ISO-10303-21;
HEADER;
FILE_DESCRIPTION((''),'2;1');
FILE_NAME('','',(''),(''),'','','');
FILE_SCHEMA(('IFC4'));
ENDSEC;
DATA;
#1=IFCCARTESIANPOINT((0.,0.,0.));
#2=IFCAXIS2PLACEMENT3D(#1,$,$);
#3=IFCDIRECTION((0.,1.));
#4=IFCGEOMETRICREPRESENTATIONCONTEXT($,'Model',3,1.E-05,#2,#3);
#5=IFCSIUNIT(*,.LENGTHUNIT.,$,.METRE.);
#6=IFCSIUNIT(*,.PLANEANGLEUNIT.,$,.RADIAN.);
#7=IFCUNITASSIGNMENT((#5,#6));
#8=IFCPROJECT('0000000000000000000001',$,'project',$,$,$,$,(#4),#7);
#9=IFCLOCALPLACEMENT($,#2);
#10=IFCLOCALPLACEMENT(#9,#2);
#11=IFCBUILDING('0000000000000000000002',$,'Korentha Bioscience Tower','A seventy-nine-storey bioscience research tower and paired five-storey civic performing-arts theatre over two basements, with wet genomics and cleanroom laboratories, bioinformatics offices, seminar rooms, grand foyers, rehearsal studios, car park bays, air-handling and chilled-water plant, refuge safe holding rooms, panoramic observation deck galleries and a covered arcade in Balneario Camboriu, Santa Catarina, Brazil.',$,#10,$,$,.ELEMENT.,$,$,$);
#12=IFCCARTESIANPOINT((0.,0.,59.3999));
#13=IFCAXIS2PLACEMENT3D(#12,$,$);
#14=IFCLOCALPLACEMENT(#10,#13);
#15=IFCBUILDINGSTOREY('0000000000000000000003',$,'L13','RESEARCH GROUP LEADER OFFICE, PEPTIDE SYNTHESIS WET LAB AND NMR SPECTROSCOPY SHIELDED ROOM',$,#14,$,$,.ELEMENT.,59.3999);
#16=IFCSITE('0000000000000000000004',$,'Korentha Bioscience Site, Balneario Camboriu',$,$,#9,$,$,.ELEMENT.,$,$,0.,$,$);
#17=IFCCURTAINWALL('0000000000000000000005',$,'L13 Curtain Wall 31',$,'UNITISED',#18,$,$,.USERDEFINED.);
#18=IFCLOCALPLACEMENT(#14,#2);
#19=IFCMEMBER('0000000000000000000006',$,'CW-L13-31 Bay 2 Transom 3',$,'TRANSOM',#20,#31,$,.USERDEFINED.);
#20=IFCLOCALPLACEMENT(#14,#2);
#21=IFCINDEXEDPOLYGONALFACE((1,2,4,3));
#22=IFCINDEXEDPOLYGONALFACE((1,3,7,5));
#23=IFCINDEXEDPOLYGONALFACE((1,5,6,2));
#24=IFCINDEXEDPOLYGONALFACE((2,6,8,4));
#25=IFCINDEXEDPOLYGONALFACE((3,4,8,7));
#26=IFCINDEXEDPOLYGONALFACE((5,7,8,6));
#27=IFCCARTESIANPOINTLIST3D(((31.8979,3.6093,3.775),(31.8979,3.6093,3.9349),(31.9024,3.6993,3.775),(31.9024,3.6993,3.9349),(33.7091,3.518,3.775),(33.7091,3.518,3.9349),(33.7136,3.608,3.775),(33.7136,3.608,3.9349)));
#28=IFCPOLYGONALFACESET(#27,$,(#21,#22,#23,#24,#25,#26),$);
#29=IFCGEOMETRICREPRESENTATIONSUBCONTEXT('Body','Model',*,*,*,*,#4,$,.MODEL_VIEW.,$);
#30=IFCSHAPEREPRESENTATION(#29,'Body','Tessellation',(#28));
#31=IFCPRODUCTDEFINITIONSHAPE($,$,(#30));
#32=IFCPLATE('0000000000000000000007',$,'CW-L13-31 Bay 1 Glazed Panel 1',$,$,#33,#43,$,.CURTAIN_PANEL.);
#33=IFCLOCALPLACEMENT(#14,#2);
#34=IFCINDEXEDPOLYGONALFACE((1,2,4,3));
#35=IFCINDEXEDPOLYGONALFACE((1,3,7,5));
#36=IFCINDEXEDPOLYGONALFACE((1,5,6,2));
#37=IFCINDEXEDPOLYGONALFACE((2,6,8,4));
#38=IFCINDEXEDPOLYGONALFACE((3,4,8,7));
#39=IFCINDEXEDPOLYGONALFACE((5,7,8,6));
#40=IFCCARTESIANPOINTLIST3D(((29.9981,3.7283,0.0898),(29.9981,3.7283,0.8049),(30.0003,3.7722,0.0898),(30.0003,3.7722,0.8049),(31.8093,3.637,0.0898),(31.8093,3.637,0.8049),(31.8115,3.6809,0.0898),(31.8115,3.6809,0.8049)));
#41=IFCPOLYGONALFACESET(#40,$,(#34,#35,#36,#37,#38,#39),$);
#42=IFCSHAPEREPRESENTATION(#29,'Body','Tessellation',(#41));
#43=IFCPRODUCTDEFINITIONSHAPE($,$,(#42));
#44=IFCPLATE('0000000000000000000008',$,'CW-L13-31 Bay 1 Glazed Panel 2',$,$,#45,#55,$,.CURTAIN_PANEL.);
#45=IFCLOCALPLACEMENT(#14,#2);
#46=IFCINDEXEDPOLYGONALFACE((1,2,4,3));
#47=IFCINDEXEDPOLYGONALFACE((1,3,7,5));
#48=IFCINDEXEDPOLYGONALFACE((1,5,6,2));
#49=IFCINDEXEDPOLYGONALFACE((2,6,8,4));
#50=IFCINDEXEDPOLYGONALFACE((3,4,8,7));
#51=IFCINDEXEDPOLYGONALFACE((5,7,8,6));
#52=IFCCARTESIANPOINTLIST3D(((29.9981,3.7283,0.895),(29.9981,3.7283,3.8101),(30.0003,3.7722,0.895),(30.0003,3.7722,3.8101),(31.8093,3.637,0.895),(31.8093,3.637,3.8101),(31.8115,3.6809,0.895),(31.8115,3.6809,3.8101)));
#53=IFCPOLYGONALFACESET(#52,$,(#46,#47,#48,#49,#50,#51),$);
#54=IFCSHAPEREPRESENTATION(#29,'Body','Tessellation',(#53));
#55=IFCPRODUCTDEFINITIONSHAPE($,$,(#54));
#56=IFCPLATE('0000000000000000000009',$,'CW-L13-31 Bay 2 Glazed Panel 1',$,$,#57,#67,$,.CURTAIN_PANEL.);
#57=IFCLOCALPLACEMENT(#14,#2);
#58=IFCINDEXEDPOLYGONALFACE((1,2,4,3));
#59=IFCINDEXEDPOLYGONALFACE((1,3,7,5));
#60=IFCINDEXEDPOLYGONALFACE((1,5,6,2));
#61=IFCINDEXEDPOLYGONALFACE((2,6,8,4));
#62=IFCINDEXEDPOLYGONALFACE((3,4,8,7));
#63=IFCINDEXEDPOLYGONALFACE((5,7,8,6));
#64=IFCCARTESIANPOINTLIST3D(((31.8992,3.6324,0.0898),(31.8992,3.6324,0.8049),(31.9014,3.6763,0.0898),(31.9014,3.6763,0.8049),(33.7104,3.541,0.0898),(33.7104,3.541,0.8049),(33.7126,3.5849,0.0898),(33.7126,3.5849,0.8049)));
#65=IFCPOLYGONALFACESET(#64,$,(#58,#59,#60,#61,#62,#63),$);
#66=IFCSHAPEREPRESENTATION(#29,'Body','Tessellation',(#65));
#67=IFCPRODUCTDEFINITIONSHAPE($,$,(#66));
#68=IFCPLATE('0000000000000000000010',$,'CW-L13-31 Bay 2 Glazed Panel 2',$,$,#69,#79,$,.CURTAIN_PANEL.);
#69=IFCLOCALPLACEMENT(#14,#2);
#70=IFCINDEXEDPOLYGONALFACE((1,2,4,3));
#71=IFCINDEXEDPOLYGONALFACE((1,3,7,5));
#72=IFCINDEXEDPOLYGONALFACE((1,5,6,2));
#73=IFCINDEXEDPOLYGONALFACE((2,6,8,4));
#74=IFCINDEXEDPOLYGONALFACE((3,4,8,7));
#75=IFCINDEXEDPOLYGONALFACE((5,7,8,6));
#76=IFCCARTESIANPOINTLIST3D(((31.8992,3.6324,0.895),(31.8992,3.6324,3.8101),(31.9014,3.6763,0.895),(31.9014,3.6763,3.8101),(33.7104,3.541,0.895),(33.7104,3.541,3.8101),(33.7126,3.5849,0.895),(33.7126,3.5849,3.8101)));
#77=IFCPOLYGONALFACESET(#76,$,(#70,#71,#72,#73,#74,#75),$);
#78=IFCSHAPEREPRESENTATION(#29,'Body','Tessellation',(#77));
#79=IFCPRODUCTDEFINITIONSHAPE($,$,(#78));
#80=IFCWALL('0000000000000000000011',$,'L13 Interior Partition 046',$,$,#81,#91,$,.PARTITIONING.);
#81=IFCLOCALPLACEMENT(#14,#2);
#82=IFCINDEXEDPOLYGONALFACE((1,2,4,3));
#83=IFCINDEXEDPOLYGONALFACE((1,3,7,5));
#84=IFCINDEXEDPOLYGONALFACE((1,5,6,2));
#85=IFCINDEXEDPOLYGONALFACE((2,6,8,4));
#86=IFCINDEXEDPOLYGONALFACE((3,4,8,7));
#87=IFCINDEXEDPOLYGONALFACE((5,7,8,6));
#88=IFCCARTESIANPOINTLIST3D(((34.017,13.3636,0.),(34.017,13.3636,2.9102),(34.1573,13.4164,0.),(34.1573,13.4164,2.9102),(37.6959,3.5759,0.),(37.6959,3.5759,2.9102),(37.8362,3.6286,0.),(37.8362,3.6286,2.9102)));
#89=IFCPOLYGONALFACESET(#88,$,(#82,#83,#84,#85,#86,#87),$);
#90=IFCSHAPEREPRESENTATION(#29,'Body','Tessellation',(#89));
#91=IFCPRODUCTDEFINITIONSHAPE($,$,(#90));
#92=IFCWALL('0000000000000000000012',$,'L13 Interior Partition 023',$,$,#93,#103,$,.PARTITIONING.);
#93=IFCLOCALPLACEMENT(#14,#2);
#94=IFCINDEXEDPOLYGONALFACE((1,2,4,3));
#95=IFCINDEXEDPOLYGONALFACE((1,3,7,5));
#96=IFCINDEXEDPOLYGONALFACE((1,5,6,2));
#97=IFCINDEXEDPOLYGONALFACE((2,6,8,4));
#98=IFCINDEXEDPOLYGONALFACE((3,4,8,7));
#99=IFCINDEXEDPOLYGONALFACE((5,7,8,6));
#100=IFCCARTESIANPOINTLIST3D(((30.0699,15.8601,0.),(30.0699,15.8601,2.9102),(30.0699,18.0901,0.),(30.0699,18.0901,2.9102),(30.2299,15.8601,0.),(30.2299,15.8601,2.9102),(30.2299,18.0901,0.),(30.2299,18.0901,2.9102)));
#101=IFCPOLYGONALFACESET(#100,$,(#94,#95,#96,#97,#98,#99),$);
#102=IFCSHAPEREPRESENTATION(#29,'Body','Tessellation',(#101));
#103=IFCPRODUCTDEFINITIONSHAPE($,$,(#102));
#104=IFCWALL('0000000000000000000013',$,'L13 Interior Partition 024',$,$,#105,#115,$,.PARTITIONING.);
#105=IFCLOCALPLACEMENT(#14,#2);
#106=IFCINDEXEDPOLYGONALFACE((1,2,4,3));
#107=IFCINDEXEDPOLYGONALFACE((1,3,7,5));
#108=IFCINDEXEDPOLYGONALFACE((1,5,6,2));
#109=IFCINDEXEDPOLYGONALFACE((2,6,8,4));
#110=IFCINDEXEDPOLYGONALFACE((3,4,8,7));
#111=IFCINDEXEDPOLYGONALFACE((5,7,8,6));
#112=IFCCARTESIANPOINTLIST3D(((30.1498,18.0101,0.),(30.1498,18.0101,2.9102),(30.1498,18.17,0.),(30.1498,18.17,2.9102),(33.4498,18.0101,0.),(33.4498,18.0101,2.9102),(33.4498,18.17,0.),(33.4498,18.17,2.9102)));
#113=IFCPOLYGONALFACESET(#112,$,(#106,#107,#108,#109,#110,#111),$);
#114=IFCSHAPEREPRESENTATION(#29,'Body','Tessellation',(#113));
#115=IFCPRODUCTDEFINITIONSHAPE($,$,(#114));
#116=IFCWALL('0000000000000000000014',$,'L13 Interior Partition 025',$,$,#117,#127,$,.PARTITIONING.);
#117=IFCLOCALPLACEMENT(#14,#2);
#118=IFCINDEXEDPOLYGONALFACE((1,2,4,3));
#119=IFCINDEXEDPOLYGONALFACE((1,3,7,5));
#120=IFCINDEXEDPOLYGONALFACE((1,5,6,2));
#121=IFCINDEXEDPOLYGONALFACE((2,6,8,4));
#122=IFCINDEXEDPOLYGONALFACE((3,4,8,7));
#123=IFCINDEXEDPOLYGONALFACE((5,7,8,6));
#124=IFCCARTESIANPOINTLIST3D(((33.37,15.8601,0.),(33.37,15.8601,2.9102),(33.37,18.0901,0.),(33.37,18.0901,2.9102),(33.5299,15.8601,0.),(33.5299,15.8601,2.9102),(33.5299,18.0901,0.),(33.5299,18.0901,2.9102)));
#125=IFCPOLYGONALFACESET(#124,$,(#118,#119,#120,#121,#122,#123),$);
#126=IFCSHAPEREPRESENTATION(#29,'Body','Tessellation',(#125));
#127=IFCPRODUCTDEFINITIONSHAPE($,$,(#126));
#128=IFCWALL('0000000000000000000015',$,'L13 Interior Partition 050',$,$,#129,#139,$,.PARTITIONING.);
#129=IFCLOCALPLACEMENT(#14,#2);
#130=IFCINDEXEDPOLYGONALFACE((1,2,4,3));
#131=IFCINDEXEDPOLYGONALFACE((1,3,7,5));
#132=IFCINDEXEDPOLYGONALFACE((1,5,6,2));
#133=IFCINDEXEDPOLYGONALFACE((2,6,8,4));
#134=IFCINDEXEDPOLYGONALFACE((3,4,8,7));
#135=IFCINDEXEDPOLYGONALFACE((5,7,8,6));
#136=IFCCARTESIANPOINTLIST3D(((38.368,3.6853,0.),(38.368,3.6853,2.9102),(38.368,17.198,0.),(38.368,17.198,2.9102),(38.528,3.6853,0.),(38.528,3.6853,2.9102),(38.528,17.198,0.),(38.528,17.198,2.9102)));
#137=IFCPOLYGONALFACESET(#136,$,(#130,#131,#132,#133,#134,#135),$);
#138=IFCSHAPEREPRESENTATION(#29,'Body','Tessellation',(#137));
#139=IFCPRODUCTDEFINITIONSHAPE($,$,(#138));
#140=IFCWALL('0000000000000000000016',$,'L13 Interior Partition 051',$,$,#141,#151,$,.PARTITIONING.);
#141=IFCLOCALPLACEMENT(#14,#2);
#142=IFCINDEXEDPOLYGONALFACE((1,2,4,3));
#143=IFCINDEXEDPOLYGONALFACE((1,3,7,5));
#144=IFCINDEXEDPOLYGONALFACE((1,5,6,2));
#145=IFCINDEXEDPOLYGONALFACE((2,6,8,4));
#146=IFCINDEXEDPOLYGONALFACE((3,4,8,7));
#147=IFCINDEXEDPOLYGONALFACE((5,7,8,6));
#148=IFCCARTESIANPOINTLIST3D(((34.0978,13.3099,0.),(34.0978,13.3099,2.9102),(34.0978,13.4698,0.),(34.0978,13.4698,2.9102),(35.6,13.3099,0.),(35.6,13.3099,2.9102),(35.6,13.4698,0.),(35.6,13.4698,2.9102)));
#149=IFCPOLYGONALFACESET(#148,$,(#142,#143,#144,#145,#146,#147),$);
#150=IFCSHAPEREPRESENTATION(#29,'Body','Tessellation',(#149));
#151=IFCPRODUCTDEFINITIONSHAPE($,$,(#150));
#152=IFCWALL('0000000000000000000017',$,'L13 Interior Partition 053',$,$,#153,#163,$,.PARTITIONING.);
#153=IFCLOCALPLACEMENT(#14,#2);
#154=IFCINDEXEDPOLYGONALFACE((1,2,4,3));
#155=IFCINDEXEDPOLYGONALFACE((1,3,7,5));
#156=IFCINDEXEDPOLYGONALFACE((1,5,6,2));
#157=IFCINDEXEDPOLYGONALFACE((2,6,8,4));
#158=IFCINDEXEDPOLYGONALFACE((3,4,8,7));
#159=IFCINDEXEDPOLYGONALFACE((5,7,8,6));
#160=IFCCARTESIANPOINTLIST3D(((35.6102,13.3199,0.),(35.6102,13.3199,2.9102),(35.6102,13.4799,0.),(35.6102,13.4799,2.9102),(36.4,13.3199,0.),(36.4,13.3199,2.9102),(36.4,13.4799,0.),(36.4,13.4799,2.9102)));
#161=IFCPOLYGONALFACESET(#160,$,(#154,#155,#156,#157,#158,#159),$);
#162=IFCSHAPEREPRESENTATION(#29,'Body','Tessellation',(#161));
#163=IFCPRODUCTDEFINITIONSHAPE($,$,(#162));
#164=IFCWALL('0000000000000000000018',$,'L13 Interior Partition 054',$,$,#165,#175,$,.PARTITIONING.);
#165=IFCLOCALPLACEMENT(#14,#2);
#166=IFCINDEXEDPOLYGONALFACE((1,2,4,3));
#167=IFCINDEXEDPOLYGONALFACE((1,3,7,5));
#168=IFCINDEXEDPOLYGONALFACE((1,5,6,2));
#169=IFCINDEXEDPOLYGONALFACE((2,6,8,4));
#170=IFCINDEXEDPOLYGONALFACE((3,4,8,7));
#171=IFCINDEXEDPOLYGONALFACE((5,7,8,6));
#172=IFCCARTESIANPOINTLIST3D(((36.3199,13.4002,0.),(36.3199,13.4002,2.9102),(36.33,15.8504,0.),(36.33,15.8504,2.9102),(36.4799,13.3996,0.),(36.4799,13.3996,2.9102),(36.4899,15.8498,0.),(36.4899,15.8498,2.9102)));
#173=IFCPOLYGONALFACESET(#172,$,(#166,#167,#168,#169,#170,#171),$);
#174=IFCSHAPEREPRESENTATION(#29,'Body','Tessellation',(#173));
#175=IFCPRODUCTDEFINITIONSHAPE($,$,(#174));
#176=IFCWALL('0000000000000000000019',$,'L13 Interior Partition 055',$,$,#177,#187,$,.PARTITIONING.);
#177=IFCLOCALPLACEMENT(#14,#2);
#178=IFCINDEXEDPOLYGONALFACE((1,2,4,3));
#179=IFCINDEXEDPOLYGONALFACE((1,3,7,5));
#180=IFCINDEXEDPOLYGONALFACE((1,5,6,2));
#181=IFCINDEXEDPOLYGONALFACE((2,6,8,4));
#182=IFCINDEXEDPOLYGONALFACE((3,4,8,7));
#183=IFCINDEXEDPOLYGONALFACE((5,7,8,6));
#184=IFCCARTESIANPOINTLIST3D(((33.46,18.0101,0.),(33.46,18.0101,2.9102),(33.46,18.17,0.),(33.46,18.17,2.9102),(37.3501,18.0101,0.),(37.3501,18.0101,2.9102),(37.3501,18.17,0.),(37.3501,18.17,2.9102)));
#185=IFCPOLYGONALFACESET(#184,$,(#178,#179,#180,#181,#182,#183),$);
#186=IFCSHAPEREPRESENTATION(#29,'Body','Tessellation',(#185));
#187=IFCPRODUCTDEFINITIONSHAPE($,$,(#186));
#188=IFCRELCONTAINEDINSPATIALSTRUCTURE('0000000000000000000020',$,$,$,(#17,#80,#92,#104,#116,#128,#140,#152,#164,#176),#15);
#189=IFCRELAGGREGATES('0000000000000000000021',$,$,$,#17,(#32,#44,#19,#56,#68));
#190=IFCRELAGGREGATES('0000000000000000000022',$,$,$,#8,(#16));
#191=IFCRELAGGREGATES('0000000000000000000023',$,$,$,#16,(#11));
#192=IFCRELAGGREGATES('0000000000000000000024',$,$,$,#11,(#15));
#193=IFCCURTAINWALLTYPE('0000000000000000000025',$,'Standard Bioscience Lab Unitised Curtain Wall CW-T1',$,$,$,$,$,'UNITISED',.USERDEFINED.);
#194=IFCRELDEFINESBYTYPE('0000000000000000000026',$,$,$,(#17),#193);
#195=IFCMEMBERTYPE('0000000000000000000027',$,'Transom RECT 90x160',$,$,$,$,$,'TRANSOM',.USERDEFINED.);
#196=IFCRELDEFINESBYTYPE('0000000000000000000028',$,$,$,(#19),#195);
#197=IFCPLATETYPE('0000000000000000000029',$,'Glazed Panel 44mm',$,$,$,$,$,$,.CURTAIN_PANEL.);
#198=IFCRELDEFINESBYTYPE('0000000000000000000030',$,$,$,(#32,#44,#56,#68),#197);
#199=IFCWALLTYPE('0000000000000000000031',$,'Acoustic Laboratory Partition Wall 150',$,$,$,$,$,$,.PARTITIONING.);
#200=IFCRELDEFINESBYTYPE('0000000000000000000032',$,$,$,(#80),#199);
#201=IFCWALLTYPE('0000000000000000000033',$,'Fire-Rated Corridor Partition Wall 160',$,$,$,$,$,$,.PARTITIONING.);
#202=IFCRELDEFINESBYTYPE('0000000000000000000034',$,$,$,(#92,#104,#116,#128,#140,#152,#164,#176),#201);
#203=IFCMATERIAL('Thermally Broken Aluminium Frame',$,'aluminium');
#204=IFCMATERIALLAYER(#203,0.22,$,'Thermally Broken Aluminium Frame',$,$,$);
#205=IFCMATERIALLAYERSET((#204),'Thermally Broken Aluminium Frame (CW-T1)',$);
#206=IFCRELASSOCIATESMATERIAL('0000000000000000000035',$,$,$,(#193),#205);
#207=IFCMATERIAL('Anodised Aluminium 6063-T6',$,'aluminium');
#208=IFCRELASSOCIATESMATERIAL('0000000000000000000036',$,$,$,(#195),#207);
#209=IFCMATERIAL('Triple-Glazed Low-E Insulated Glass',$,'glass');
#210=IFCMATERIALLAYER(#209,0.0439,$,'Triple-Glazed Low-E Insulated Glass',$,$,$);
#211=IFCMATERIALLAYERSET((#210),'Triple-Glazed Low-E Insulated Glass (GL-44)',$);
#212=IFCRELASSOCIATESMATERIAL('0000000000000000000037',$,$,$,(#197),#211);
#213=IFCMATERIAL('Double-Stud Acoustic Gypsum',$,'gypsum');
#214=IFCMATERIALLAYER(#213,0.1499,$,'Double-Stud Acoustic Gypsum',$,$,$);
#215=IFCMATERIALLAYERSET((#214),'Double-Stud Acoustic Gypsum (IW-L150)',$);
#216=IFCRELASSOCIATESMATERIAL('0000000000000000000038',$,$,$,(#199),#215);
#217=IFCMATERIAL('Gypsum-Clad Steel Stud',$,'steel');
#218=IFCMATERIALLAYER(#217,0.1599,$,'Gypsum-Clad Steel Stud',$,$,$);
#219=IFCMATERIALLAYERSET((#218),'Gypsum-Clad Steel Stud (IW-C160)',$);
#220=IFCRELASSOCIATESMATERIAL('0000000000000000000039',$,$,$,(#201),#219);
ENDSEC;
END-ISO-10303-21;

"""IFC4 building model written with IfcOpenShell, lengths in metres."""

from ifc_helpers import new_model, si_unit, direction, frame, frame_2d, origin, origin_2d, place, context, subcontext, project, spatial, rectangle, extrude, material, layer, layer_set, material_profile, profile_set, type_object, element, aggregate, save


model = new_model("IFC4")

# Units and contexts
model_context = context("Model", 3, precision=1e-05, world=origin(), true_north=direction((0.0, 1.0)))
body_context = subcontext(model_context, "Body", "Model", "MODEL_VIEW")
ifc_project = project(units=[si_unit("LENGTHUNIT", "METRE"), si_unit("PLANEANGLEUNIT", "RADIAN")], contexts=[model_context])

# Site, building, storey
site_placement = place(None, origin())
site = spatial("IfcSite", under=ifc_project, at=site_placement, Name="Korentha Bioscience Site, Balneario Camboriu", CompositionType="ELEMENT", RefElevation=0.0)
building_placement = place(site_placement, origin())
building = spatial("IfcBuilding", under=site, at=building_placement, Name="Korentha Bioscience Tower", Description="A seventy-nine-storey bioscience research tower and paired five-storey civic performing-arts theatre over two basements, with wet genomics and cleanroom laboratories, bioinformatics offices, seminar rooms, grand foyers, rehearsal studios, car park bays, air-handling and chilled-water plant, refuge safe holding rooms, panoramic observation deck galleries and a covered arcade in Balneario Camboriu, Santa Catarina, Brazil.", CompositionType="ELEMENT")
storey_placement = place(building_placement, frame((0.0, 0.0, 59.3999)))
storey = spatial("IfcBuildingStorey", under=building, at=storey_placement, Name="L13", Description="RESEARCH GROUP LEADER OFFICE, PEPTIDE SYNTHESIS WET LAB AND NMR SPECTROSCOPY SHIELDED ROOM", CompositionType="ELEMENT", Elevation=59.3999)

# Curtain wall
ifc_material_1 = material(Name="Thermally Broken Aluminium Frame", Category="aluminium")
ifc_layer_1 = layer(ifc_material_1, 0.22, Name="Thermally Broken Aluminium Frame")
ifc_layer_set_1 = layer_set([ifc_layer_1], Name="Thermally Broken Aluminium Frame (CW-T1)")
curtain_wall_type = type_object("IfcCurtainWallType", Name="Standard Bioscience Lab Unitised Curtain Wall CW-T1", ElementType="UNITISED", PredefinedType="USERDEFINED", material=ifc_layer_set_1)
curtain_wall_placement = place(storey_placement, origin())
curtain_wall = element("IfcCurtainWall", 1, at=curtain_wall_placement, inside=storey, type_object=curtain_wall_type, Name="L13 Curtain Wall 31", ObjectType="UNITISED", PredefinedType="USERDEFINED")
ifc_material_2 = material(Name="Anodised Aluminium 6063-T6", Category="aluminium")

# Member
ifc_material_profile_1 = material_profile(ifc_material_2, rectangle(XDim=0.0901, YDim=0.1599, at=origin_2d()), Name="Anodised Aluminium 6063-T6")
ifc_profile_set_1 = profile_set([ifc_material_profile_1], Name="Anodised Aluminium 6063-T6 (CW-TRN)")
member_type_1 = type_object("IfcMemberType", Name="Transom RECT 90x160", ElementType="TRANSOM", PredefinedType="USERDEFINED", material=ifc_profile_set_1)
member_1_placement = place(storey_placement, frame((31.9001, 3.6543, 3.855), z_axis=(0.998732, -0.050347, 0.0), x_axis=(0.050347, 0.998732, 0.0)))
member_1 = element("IfcMember", 2, at=member_1_placement, type_object=member_type_1, Name="CW-L13-31 Bay 2 Transom 3", ObjectType="TRANSOM", PredefinedType="USERDEFINED", context=body_context, shape_type="SweptSolid", body=[
    extrude(rectangle(XDim=0.0901, YDim=0.1599, at=origin_2d()), origin(), (0.0, 0.0, 1.0), 1.8135),
])

# Plates
ifc_material_3 = material(Name="Triple-Glazed Low-E Insulated Glass", Category="glass")
ifc_layer_2 = layer(ifc_material_3, 0.0439, Name="Triple-Glazed Low-E Insulated Glass")
ifc_layer_set_2 = layer_set([ifc_layer_2], Name="Triple-Glazed Low-E Insulated Glass (GL-44)")
plate_type = type_object("IfcPlateType", Name="Glazed Panel 44mm", PredefinedType="CURTAIN_PANEL", material=ifc_layer_set_2)
plate_1_placement = place(storey_placement, frame((30.9048, 3.7046, 0.0898), z_axis=(0.0, 0.0, 1.0), x_axis=(0.998731, -0.050371, 0.0)))
plate_1 = element("IfcPlate", 3, at=plate_1_placement, type_object=plate_type, Name="CW-L13-31 Bay 1 Glazed Panel 1", PredefinedType="CURTAIN_PANEL", context=body_context, shape_type="SweptSolid", body=[
    extrude(rectangle(XDim=1.8135, YDim=0.0439, at=origin_2d()), origin(), (0.0, 0.0, 1.0), 0.7151),
])
plate_2_placement = place(storey_placement, frame((30.9048, 3.7046, 0.895), z_axis=(0.0, 0.0, 1.0), x_axis=(0.998731, -0.050371, 0.0)))
plate_2 = element("IfcPlate", 4, at=plate_2_placement, type_object=plate_type, Name="CW-L13-31 Bay 1 Glazed Panel 2", PredefinedType="CURTAIN_PANEL", context=body_context, shape_type="SweptSolid", body=[
    extrude(rectangle(XDim=1.8135, YDim=0.0439, at=origin_2d()), origin(), (0.0, 0.0, 1.0), 2.915),
])
plate_3_placement = place(storey_placement, frame((32.8059, 3.6086, 0.0898), z_axis=(0.0, 0.0, 1.0), x_axis=(0.998731, -0.050371, 0.0)))
plate_3 = element("IfcPlate", 5, at=plate_3_placement, type_object=plate_type, Name="CW-L13-31 Bay 2 Glazed Panel 1", PredefinedType="CURTAIN_PANEL", context=body_context, shape_type="SweptSolid", body=[
    extrude(rectangle(XDim=1.8135, YDim=0.0439, at=origin_2d()), origin(), (0.0, 0.0, 1.0), 0.7151),
])
plate_4_placement = place(storey_placement, frame((32.8059, 3.6086, 0.895), z_axis=(0.0, 0.0, 1.0), x_axis=(0.998731, -0.050371, 0.0)))
plate_4 = element("IfcPlate", 6, at=plate_4_placement, type_object=plate_type, Name="CW-L13-31 Bay 2 Glazed Panel 2", PredefinedType="CURTAIN_PANEL", context=body_context, shape_type="SweptSolid", body=[
    extrude(rectangle(XDim=1.8135, YDim=0.0439, at=origin_2d()), origin(), (0.0, 0.0, 1.0), 2.915),
])
aggregate(curtain_wall, [plate_1, plate_2, member_1, plate_3, plate_4])

# Wall
ifc_material_4 = material(Name="Double-Stud Acoustic Gypsum", Category="gypsum")
ifc_layer_3 = layer(ifc_material_4, 0.1499, Name="Double-Stud Acoustic Gypsum")
ifc_layer_set_3 = layer_set([ifc_layer_3], Name="Double-Stud Acoustic Gypsum (IW-L150)")
wall_type_1 = type_object("IfcWallType", Name="Acoustic Laboratory Partition Wall 150", PredefinedType="PARTITIONING", material=ifc_layer_set_3)
wall_1_placement = place(storey_placement, frame((34.0872, 13.3899, 0.0), z_axis=(0.0, 0.0, 1.0), x_axis=(0.351837, -0.936061, 0.0)))
element("IfcWall", 7, at=wall_1_placement, inside=storey, type_object=wall_type_1, Name="L13 Interior Partition 046", PredefinedType="PARTITIONING", context=body_context, shape_type="SweptSolid", body=[
    extrude(rectangle(XDim=10.4563, YDim=0.1499, at=frame_2d((5.228, 0.0))), origin(), (0.0, 0.0, 1.0), 2.9102),
])

# Shared definitions
ifc_material_5 = material(Name="Gypsum-Clad Steel Stud", Category="steel")
ifc_layer_4 = layer(ifc_material_5, 0.1599, Name="Gypsum-Clad Steel Stud")
ifc_layer_set_4 = layer_set([ifc_layer_4], Name="Gypsum-Clad Steel Stud (IW-C160)")
wall_type_2 = type_object("IfcWallType", Name="Fire-Rated Corridor Partition Wall 160", PredefinedType="PARTITIONING", material=ifc_layer_set_4)

# Walls
wall_2_placement = place(storey_placement, frame((30.1499, 15.8601, 0.0), z_axis=(0.0, 0.0, 1.0), x_axis=(0.0, 1.0, 0.0)))
element("IfcWall", 8, at=wall_2_placement, inside=storey, type_object=wall_type_2, Name="L13 Interior Partition 023", PredefinedType="PARTITIONING", context=body_context, shape_type="SweptSolid", body=[
    extrude(rectangle(XDim=2.23, YDim=0.1599, at=frame_2d((1.115, 0.0))), origin(), (0.0, 0.0, 1.0), 2.9102),
])
wall_3_placement = place(storey_placement, frame((30.1499, 18.0901, 0.0), z_axis=(0.0, 0.0, 1.0), x_axis=(1.0, 0.0, 0.0)))
element("IfcWall", 9, at=wall_3_placement, inside=storey, type_object=wall_type_2, Name="L13 Interior Partition 024", PredefinedType="PARTITIONING", context=body_context, shape_type="SweptSolid", body=[
    extrude(rectangle(XDim=3.3, YDim=0.1599, at=frame_2d((1.6499, 0.0))), origin(), (0.0, 0.0, 1.0), 2.9102),
])
wall_4_placement = place(storey_placement, frame((33.45, 18.0901, 0.0), z_axis=(0.0, 0.0, 1.0), x_axis=(0.0, -1.0, 0.0)))
element("IfcWall", 10, at=wall_4_placement, inside=storey, type_object=wall_type_2, Name="L13 Interior Partition 025", PredefinedType="PARTITIONING", context=body_context, shape_type="SweptSolid", body=[
    extrude(rectangle(XDim=2.23, YDim=0.1599, at=frame_2d((1.115, 0.0))), origin(), (0.0, 0.0, 1.0), 2.9102),
])
wall_5_placement = place(storey_placement, frame((38.448, 17.198, 0.0), z_axis=(0.0, 0.0, 1.0), x_axis=(0.0, -1.0, 0.0)))
element("IfcWall", 11, at=wall_5_placement, inside=storey, type_object=wall_type_2, Name="L13 Interior Partition 050", PredefinedType="PARTITIONING", context=body_context, shape_type="SweptSolid", body=[
    extrude(rectangle(XDim=13.5127, YDim=0.1599, at=frame_2d((6.7563, 0.0))), origin(), (0.0, 0.0, 1.0), 2.9102),
])
wall_6_placement = place(storey_placement, frame((34.0979, 13.3899, 0.0), z_axis=(0.0, 0.0, 1.0), x_axis=(1.0, 0.0, 0.0)))
element("IfcWall", 12, at=wall_6_placement, inside=storey, type_object=wall_type_2, Name="L13 Interior Partition 051", PredefinedType="PARTITIONING", context=body_context, shape_type="SweptSolid", body=[
    extrude(rectangle(XDim=1.5022, YDim=0.1599, at=frame_2d((0.751, 0.0))), origin(), (0.0, 0.0, 1.0), 2.9102),
])
wall_7_placement = place(storey_placement, frame((35.6101, 13.3999, 0.0), z_axis=(0.0, 0.0, 1.0), x_axis=(1.0, 0.0, 0.0)))
element("IfcWall", 13, at=wall_7_placement, inside=storey, type_object=wall_type_2, Name="L13 Interior Partition 053", PredefinedType="PARTITIONING", context=body_context, shape_type="SweptSolid", body=[
    extrude(rectangle(XDim=0.7898, YDim=0.1599, at=frame_2d((0.395, 0.0))), origin(), (0.0, 0.0, 1.0), 2.9102),
])
wall_8_placement = place(storey_placement, frame((36.3999, 13.3999, 0.0), z_axis=(0.0, 0.0, 1.0), x_axis=(0.004085, 0.999992, 0.0)))
element("IfcWall", 14, at=wall_8_placement, inside=storey, type_object=wall_type_2, Name="L13 Interior Partition 054", PredefinedType="PARTITIONING", context=body_context, shape_type="SweptSolid", body=[
    extrude(rectangle(XDim=2.4502, YDim=0.1599, at=frame_2d((1.2251, 0.0))), origin(), (0.0, 0.0, 1.0), 2.9102),
])
wall_9_placement = place(storey_placement, frame((33.46, 18.0901, 0.0), z_axis=(0.0, 0.0, 1.0), x_axis=(1.0, 0.0, 0.0)))
element("IfcWall", 15, at=wall_9_placement, inside=storey, type_object=wall_type_2, Name="L13 Interior Partition 055", PredefinedType="PARTITIONING", context=body_context, shape_type="SweptSolid", body=[
    extrude(rectangle(XDim=3.8901, YDim=0.1599, at=frame_2d((1.9451, 0.0))), origin(), (0.0, 0.0, 1.0), 2.9102),
])

save(model, "model.ifc")
